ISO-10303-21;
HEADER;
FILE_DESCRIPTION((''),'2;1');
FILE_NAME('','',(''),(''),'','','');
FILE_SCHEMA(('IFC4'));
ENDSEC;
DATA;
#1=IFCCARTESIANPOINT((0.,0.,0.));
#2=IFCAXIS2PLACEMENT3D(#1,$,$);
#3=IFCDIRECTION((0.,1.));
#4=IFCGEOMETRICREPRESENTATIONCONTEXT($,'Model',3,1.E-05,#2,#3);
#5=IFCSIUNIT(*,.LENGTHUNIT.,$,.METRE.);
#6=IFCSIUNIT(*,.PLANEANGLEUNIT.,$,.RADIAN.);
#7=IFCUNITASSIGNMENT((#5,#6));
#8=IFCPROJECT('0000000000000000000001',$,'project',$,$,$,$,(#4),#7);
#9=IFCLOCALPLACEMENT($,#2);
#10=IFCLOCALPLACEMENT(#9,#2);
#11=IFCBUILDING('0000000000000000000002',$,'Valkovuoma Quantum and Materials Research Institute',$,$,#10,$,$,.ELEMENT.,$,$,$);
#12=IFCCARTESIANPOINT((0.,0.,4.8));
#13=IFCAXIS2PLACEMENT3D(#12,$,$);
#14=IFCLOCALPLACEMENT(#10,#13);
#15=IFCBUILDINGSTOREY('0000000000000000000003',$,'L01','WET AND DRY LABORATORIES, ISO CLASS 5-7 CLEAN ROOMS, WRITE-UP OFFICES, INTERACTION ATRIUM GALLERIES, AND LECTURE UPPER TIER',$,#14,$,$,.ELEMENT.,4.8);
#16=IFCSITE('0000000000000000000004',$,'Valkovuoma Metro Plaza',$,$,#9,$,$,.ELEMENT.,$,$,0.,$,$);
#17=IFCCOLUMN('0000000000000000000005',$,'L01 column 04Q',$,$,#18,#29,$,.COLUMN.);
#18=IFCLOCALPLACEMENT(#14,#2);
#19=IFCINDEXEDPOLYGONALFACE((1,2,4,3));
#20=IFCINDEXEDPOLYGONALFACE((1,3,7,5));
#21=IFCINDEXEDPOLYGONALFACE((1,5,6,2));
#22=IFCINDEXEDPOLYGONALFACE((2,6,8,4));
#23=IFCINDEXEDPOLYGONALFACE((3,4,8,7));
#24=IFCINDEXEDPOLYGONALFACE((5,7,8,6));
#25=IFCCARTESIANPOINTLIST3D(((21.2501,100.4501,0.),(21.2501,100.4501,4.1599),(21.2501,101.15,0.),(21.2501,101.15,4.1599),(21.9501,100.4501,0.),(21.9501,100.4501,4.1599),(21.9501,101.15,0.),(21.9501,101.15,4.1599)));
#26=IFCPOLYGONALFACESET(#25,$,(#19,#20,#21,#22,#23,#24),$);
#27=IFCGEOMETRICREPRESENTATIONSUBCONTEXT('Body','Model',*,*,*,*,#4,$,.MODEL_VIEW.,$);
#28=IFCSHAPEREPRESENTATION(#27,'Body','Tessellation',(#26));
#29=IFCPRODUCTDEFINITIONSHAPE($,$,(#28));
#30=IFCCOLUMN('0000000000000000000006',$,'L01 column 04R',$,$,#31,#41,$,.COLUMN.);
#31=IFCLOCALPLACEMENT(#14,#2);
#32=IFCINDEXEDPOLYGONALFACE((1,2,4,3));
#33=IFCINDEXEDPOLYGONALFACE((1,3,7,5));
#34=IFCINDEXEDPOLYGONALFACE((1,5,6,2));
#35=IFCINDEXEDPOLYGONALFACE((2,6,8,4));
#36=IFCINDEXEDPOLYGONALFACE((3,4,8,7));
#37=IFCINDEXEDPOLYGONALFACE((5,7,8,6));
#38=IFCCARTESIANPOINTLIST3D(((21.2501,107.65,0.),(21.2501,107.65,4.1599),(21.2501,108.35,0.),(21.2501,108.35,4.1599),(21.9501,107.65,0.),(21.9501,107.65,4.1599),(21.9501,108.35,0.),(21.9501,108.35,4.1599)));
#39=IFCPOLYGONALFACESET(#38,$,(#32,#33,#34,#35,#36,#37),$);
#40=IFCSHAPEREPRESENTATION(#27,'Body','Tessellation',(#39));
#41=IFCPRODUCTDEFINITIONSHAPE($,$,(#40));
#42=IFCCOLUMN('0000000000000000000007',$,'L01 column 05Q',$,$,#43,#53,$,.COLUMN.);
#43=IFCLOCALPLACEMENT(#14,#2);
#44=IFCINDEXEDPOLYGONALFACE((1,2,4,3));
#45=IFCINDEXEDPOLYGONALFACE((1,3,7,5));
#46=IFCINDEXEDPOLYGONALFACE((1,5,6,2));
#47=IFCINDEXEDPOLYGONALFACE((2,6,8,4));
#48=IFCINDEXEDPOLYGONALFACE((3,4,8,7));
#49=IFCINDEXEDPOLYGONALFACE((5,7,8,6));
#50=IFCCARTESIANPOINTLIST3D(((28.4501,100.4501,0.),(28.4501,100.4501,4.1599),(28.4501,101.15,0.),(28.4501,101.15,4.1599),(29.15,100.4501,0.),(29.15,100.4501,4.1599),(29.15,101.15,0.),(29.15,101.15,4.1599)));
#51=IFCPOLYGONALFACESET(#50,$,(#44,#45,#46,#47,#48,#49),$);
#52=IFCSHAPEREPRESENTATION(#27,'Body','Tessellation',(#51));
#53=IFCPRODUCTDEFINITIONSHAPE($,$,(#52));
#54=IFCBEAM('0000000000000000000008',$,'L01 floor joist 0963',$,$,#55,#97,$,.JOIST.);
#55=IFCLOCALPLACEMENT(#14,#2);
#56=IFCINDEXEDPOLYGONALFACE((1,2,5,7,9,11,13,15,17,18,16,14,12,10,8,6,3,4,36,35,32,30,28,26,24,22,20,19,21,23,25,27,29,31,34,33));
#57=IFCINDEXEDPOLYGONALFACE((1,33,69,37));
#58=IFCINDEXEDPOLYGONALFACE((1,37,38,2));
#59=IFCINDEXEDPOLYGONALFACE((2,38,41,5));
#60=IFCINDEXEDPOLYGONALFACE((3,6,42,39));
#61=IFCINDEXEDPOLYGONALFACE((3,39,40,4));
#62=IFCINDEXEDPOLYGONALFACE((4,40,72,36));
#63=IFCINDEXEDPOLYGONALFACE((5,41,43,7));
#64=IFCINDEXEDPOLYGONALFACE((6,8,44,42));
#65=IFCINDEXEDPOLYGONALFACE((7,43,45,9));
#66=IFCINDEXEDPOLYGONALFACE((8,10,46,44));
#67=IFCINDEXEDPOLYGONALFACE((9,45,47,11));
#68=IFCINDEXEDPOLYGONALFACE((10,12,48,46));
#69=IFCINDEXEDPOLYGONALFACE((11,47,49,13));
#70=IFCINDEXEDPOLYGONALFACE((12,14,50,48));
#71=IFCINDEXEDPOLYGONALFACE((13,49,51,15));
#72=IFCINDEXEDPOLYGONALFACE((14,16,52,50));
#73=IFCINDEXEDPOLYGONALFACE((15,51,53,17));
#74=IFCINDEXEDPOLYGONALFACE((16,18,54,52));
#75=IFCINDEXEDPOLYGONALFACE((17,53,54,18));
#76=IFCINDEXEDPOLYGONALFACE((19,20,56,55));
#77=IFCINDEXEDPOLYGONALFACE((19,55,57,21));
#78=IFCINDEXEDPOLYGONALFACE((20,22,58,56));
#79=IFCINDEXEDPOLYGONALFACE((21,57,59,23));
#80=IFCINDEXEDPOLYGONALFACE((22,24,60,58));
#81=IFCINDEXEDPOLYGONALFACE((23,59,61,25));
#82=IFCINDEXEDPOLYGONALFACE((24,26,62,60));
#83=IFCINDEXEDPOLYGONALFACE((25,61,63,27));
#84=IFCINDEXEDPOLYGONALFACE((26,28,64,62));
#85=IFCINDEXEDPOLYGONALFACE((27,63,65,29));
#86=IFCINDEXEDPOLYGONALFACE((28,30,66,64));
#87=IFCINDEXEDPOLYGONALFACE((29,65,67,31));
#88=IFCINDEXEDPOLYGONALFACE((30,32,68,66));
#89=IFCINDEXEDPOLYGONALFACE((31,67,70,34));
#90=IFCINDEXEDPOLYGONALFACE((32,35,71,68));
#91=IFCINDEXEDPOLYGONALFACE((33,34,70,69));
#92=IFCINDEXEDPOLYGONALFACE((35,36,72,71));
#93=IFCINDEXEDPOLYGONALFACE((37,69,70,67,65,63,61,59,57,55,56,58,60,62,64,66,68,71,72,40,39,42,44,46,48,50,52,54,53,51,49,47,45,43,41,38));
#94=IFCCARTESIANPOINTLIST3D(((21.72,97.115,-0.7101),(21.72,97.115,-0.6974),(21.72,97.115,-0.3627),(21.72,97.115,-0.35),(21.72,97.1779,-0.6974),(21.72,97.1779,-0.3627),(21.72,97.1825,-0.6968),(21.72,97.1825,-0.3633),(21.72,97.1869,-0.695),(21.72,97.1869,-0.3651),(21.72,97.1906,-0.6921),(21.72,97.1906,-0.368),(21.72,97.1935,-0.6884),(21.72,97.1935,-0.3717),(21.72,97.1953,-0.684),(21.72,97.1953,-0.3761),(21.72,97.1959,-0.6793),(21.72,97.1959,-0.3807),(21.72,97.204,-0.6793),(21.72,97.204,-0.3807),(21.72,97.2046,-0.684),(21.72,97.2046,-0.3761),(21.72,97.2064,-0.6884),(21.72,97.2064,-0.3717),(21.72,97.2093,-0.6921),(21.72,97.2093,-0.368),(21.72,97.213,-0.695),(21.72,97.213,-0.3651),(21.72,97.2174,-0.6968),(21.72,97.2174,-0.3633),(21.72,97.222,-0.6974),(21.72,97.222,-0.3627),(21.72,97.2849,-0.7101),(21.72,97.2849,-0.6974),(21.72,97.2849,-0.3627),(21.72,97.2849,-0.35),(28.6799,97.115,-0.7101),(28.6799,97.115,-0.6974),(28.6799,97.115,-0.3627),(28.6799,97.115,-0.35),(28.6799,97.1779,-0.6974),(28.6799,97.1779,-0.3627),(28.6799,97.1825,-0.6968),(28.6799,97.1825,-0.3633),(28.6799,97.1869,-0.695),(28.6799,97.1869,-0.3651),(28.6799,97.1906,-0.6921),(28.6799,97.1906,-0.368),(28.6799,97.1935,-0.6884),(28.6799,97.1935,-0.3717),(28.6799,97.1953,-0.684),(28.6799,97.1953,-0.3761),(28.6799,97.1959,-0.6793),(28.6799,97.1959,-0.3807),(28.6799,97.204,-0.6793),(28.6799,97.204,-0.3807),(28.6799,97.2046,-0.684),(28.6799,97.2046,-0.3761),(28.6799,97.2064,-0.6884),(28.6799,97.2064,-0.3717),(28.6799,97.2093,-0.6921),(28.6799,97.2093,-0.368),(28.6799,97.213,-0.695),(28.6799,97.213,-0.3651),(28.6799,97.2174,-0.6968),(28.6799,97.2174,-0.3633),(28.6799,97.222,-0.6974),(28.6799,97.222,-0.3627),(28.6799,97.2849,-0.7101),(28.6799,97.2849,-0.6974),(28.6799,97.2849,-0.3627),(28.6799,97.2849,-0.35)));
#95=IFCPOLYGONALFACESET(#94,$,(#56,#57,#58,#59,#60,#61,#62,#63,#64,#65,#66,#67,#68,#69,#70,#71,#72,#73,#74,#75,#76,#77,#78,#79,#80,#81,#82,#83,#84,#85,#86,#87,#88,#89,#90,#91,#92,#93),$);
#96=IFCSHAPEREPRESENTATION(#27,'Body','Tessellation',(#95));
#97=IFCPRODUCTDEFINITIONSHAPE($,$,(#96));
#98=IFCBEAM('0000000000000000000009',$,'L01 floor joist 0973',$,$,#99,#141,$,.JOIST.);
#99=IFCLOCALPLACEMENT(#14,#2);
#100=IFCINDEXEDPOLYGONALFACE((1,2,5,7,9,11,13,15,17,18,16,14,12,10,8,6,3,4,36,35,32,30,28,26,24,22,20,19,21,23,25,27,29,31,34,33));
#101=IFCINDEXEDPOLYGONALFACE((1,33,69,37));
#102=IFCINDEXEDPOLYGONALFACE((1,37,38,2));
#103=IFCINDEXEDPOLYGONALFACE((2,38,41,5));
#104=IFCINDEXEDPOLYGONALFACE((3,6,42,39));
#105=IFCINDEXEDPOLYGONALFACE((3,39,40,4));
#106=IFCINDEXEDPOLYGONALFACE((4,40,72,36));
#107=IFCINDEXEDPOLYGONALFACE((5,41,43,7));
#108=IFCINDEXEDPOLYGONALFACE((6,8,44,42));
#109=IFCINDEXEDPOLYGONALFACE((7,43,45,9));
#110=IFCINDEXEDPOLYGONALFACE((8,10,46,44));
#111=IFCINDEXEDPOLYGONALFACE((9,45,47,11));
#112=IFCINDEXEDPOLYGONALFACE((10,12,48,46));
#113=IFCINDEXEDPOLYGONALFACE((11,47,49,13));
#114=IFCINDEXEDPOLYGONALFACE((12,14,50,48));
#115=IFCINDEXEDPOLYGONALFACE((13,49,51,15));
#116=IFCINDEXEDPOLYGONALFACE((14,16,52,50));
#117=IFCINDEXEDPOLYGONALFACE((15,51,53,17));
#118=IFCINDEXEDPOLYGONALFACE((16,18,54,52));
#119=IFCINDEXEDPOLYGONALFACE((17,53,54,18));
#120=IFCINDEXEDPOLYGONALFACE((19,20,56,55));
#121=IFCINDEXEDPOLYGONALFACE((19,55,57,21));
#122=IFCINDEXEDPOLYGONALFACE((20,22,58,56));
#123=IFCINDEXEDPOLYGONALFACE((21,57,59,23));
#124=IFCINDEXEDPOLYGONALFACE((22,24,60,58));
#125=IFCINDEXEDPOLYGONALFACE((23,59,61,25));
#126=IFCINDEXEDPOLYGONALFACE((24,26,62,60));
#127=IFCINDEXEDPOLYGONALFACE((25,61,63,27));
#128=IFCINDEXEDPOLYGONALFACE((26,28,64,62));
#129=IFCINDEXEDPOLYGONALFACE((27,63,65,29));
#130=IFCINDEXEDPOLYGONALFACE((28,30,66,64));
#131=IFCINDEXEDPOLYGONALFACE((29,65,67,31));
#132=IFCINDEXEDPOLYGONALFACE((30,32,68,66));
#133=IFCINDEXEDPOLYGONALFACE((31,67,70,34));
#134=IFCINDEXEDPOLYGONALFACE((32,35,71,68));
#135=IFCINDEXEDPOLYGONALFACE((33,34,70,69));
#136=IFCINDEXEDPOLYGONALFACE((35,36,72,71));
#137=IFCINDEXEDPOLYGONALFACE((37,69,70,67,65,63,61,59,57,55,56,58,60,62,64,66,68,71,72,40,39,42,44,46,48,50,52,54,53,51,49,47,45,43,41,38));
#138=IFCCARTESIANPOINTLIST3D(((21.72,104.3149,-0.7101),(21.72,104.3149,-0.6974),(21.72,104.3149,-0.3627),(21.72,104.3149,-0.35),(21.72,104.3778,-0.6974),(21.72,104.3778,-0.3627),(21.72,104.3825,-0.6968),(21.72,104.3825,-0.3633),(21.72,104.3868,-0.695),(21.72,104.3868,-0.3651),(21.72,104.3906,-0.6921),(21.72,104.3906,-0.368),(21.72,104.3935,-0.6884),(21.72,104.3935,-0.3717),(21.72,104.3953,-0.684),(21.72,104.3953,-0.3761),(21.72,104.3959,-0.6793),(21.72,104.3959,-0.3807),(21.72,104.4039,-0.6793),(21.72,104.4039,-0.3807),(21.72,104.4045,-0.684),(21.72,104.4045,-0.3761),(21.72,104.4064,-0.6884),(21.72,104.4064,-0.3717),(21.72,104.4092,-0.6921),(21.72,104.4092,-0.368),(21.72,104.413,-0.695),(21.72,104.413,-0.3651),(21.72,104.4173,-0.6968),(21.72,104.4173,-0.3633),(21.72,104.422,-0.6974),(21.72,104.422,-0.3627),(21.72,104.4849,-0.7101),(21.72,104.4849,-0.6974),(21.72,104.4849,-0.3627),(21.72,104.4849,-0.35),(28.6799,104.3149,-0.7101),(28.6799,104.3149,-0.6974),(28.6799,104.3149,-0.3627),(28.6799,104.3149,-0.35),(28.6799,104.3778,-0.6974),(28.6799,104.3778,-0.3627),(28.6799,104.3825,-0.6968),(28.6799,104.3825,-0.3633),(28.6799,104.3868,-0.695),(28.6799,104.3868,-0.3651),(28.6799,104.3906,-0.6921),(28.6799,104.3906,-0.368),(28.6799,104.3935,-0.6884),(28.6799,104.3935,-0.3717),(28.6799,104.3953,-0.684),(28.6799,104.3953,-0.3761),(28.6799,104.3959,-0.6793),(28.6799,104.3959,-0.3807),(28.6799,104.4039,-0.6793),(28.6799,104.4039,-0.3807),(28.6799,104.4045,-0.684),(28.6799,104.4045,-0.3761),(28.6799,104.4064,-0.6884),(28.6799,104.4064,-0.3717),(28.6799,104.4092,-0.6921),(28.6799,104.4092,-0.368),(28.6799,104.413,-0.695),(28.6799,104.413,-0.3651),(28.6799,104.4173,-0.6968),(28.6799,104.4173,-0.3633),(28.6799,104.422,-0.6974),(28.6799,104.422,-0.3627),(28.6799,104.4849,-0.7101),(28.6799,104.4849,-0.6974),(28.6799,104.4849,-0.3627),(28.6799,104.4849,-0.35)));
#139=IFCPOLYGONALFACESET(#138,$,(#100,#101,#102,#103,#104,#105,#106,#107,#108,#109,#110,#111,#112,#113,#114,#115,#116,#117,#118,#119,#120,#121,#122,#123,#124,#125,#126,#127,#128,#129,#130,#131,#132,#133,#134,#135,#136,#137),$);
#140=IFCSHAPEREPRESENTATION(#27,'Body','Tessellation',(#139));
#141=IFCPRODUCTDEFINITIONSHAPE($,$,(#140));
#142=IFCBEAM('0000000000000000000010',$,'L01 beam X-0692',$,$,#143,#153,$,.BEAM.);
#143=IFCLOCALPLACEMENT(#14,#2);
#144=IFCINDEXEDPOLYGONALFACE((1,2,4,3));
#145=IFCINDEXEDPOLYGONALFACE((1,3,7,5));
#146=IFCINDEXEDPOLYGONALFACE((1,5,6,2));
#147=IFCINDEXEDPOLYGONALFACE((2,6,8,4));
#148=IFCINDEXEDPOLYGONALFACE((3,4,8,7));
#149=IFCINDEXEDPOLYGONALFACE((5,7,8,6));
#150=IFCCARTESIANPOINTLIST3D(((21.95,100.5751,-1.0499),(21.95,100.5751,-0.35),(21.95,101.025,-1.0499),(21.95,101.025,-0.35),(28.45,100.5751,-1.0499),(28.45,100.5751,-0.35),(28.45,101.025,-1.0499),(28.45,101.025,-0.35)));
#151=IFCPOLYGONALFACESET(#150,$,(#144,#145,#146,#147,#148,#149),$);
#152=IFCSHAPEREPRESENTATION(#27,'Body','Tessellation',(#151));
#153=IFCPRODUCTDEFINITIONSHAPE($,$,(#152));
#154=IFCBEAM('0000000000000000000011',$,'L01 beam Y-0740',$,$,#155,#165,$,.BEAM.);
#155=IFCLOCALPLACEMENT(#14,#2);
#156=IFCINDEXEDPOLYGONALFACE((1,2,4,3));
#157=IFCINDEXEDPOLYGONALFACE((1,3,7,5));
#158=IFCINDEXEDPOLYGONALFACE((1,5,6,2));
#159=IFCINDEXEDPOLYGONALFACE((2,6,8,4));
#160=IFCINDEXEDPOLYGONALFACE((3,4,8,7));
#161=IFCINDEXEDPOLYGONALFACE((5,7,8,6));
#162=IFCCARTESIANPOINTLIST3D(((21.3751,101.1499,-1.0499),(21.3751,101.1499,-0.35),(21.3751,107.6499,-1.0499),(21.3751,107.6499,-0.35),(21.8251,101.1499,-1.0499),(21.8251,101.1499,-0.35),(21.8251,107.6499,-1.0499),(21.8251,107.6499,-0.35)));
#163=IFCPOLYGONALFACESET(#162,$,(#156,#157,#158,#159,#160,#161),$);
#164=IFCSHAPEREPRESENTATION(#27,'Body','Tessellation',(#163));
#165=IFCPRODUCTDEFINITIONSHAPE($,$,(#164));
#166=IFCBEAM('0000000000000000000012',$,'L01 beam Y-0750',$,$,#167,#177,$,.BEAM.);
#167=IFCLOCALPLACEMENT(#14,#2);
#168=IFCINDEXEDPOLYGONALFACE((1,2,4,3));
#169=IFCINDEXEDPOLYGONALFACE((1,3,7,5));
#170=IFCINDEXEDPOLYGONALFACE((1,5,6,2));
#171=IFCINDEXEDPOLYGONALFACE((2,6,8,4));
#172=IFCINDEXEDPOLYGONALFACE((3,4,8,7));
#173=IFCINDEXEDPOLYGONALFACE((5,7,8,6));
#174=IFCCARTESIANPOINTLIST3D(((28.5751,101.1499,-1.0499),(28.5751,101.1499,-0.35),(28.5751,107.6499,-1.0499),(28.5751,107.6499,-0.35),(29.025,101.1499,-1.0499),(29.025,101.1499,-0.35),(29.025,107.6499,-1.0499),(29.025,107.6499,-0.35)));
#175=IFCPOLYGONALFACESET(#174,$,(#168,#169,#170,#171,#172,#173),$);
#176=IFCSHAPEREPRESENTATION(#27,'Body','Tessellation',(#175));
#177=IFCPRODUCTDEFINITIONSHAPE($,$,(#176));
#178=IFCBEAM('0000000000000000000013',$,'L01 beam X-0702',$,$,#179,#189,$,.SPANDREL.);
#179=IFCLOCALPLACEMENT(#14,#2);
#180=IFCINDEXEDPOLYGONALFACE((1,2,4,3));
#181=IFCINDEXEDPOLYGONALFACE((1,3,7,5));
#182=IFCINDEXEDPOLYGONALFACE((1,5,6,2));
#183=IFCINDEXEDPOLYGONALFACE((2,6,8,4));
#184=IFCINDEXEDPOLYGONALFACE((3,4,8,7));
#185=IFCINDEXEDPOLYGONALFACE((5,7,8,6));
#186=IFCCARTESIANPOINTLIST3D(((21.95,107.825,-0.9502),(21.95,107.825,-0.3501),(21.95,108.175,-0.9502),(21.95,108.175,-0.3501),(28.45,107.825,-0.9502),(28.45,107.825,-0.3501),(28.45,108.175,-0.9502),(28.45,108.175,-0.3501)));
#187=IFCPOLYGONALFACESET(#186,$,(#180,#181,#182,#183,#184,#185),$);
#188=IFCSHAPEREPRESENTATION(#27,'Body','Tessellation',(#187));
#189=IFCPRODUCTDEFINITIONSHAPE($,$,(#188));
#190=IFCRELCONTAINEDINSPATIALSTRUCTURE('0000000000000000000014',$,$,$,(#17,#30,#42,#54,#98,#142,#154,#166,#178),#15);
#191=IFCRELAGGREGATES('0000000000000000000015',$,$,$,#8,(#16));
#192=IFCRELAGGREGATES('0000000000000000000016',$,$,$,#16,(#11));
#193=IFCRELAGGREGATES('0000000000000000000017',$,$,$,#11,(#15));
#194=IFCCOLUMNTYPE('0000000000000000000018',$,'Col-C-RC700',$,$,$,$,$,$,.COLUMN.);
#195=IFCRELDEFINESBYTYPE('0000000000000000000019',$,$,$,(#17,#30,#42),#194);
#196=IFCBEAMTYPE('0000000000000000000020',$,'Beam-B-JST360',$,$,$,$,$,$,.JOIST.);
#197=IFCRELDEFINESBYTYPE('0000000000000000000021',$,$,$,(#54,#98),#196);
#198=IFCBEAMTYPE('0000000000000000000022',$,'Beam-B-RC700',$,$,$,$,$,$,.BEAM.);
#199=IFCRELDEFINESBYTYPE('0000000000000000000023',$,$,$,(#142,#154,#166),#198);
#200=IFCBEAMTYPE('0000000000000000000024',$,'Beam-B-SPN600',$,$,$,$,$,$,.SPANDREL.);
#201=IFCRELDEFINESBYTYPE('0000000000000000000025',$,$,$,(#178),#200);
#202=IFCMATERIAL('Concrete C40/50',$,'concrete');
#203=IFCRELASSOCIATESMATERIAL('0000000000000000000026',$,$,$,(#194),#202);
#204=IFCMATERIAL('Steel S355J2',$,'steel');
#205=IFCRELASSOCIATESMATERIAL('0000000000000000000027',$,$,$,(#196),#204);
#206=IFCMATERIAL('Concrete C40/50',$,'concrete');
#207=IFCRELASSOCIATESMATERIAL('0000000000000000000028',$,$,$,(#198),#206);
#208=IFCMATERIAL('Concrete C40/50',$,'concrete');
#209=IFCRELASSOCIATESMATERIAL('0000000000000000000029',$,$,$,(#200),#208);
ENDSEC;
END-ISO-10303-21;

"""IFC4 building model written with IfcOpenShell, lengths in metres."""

from ifc_helpers import new_model, si_unit, direction, frame, origin, origin_2d, place, context, subcontext, project, spatial, rectangle, i_section, extrude, material, material_profile, profile_set, type_object, element, save


model = new_model("IFC4")

# Units and contexts
model_context = context("Model", 3, precision=1e-05, world=origin(), true_north=direction((0.0, 1.0)))
body_context = subcontext(model_context, "Body", "Model", "MODEL_VIEW")
ifc_project = project(units=[si_unit("LENGTHUNIT", "METRE"), si_unit("PLANEANGLEUNIT", "RADIAN")], contexts=[model_context])

# Site, building, storey
site_placement = place(None, origin())
site = spatial("IfcSite", under=ifc_project, at=site_placement, Name="Valkovuoma Metro Plaza", CompositionType="ELEMENT", RefElevation=0.0)
building_placement = place(site_placement, origin())
building = spatial("IfcBuilding", under=site, at=building_placement, Name="Valkovuoma Quantum and Materials Research Institute", CompositionType="ELEMENT")
storey_placement = place(building_placement, frame((0.0, 0.0, 4.8)))
storey = spatial("IfcBuildingStorey", under=building, at=storey_placement, Name="L01", Description="WET AND DRY LABORATORIES, ISO CLASS 5-7 CLEAN ROOMS, WRITE-UP OFFICES, INTERACTION ATRIUM GALLERIES, AND LECTURE UPPER TIER", CompositionType="ELEMENT", Elevation=4.8)

# Columns
ifc_material_1 = material(Name="Concrete C40/50", Category="concrete")
ifc_material_profile_1 = material_profile(ifc_material_1, rectangle(XDim=0.7, YDim=0.7, at=origin_2d()), Name="Concrete C40/50")
ifc_profile_set_1 = profile_set([ifc_material_profile_1], Name="Concrete C40/50")
column_type = type_object("IfcColumnType", Name="Col-C-RC700", PredefinedType="COLUMN", material=ifc_profile_set_1)
for number, where, z_axis, x_axis, name in (
    (1, (21.6001, 100.8, 0.0), (0.0, 0.0, 1.0), (1.0, 0.0, 0.0), "L01 column 04Q"),
    (2, (21.6001, 108.0, 0.0), (0.0, 0.0, 1.0), (1.0, 0.0, 0.0), "L01 column 04R"),
    (3, (28.8, 100.8, 0.0), (0.0, 0.0, 1.0), (1.0, 0.0, 0.0), "L01 column 05Q"),
):
    element("IfcColumn", number, at=place(storey_placement, frame(where, z_axis=z_axis, x_axis=x_axis)), inside=storey, type_object=column_type, Name=name, PredefinedType="COLUMN", context=body_context, shape_type="SweptSolid", body=[
        extrude(rectangle(XDim=0.7, YDim=0.7, at=origin_2d()), origin(), (0.0, 0.0, 1.0), 4.1599),
    ])

# Beams
ifc_material_2 = material(Name="Steel S355J2", Category="steel")
ifc_material_profile_2 = material_profile(ifc_material_2, i_section(OverallWidth=0.1699, OverallDepth=0.3601, WebThickness=0.0081, FlangeThickness=0.0127, FilletRadius=0.0181, at=origin_2d()), Name="Steel S355J2")
ifc_profile_set_2 = profile_set([ifc_material_profile_2], Name="Steel S355J2")
beam_type_1 = type_object("IfcBeamType", Name="Beam-B-JST360", PredefinedType="JOIST", material=ifc_profile_set_2)
for number, where, z_axis, x_axis, name in (
    (4, (21.72, 97.2, -0.53), (1.0, 0.0, 0.0), (0.0, 1.0, 0.0), "L01 floor joist 0963"),
    (5, (21.72, 104.3999, -0.53), (1.0, 0.0, 0.0), (0.0, 1.0, 0.0), "L01 floor joist 0973"),
):
    element("IfcBeam", number, at=place(storey_placement, frame(where, z_axis=z_axis, x_axis=x_axis)), inside=storey, type_object=beam_type_1, Name=name, PredefinedType="JOIST", context=body_context, shape_type="SweptSolid", body=[
        extrude(i_section(OverallWidth=0.1699, OverallDepth=0.3601, WebThickness=0.0081, FlangeThickness=0.0127, FilletRadius=0.0181, at=origin_2d()), origin(), (0.0, 0.0, 1.0), 6.96),
    ])
ifc_material_3 = material(Name="Concrete C40/50", Category="concrete")
ifc_material_profile_3 = material_profile(ifc_material_3, rectangle(XDim=0.45, YDim=0.7, at=origin_2d()), Name="Concrete C40/50")
ifc_profile_set_3 = profile_set([ifc_material_profile_3], Name="Concrete C40/50")
beam_type_2 = type_object("IfcBeamType", Name="Beam-B-RC700", PredefinedType="BEAM", material=ifc_profile_set_3)
for number, where, z_axis, x_axis, name in (
    (6, (21.95, 100.8, -0.7), (1.0, 0.0, 0.0), (0.0, 1.0, 0.0), "L01 beam X-0692"),
    (7, (21.6001, 101.1499, -0.7), (0.0, 1.0, 0.0), (-1.0, 0.0, 0.0), "L01 beam Y-0740"),
    (8, (28.8, 101.1499, -0.7), (0.0, 1.0, 0.0), (-1.0, 0.0, 0.0), "L01 beam Y-0750"),
):
    element("IfcBeam", number, at=place(storey_placement, frame(where, z_axis=z_axis, x_axis=x_axis)), inside=storey, type_object=beam_type_2, Name=name, PredefinedType="BEAM", context=body_context, shape_type="SweptSolid", body=[
        extrude(rectangle(XDim=0.45, YDim=0.7, at=origin_2d()), origin(), (0.0, 0.0, 1.0), 6.5),
    ])
ifc_material_4 = material(Name="Concrete C40/50", Category="concrete")
ifc_material_profile_4 = material_profile(ifc_material_4, rectangle(XDim=0.3501, YDim=0.6001, at=origin_2d()), Name="Concrete C40/50")
ifc_profile_set_4 = profile_set([ifc_material_profile_4], Name="Concrete C40/50")
beam_type_3 = type_object("IfcBeamType", Name="Beam-B-SPN600", PredefinedType="SPANDREL", material=ifc_profile_set_4)
beam_placement = place(storey_placement, frame((21.95, 108.0, -0.6501), z_axis=(1.0, 0.0, 0.0), x_axis=(0.0, 1.0, 0.0)))
element("IfcBeam", 9, at=beam_placement, inside=storey, type_object=beam_type_3, Name="L01 beam X-0702", PredefinedType="SPANDREL", context=body_context, shape_type="SweptSolid", body=[
    extrude(rectangle(XDim=0.3501, YDim=0.6001, at=origin_2d()), origin(), (0.0, 0.0, 1.0), 6.5),
])

save(model, "model.ifc")
